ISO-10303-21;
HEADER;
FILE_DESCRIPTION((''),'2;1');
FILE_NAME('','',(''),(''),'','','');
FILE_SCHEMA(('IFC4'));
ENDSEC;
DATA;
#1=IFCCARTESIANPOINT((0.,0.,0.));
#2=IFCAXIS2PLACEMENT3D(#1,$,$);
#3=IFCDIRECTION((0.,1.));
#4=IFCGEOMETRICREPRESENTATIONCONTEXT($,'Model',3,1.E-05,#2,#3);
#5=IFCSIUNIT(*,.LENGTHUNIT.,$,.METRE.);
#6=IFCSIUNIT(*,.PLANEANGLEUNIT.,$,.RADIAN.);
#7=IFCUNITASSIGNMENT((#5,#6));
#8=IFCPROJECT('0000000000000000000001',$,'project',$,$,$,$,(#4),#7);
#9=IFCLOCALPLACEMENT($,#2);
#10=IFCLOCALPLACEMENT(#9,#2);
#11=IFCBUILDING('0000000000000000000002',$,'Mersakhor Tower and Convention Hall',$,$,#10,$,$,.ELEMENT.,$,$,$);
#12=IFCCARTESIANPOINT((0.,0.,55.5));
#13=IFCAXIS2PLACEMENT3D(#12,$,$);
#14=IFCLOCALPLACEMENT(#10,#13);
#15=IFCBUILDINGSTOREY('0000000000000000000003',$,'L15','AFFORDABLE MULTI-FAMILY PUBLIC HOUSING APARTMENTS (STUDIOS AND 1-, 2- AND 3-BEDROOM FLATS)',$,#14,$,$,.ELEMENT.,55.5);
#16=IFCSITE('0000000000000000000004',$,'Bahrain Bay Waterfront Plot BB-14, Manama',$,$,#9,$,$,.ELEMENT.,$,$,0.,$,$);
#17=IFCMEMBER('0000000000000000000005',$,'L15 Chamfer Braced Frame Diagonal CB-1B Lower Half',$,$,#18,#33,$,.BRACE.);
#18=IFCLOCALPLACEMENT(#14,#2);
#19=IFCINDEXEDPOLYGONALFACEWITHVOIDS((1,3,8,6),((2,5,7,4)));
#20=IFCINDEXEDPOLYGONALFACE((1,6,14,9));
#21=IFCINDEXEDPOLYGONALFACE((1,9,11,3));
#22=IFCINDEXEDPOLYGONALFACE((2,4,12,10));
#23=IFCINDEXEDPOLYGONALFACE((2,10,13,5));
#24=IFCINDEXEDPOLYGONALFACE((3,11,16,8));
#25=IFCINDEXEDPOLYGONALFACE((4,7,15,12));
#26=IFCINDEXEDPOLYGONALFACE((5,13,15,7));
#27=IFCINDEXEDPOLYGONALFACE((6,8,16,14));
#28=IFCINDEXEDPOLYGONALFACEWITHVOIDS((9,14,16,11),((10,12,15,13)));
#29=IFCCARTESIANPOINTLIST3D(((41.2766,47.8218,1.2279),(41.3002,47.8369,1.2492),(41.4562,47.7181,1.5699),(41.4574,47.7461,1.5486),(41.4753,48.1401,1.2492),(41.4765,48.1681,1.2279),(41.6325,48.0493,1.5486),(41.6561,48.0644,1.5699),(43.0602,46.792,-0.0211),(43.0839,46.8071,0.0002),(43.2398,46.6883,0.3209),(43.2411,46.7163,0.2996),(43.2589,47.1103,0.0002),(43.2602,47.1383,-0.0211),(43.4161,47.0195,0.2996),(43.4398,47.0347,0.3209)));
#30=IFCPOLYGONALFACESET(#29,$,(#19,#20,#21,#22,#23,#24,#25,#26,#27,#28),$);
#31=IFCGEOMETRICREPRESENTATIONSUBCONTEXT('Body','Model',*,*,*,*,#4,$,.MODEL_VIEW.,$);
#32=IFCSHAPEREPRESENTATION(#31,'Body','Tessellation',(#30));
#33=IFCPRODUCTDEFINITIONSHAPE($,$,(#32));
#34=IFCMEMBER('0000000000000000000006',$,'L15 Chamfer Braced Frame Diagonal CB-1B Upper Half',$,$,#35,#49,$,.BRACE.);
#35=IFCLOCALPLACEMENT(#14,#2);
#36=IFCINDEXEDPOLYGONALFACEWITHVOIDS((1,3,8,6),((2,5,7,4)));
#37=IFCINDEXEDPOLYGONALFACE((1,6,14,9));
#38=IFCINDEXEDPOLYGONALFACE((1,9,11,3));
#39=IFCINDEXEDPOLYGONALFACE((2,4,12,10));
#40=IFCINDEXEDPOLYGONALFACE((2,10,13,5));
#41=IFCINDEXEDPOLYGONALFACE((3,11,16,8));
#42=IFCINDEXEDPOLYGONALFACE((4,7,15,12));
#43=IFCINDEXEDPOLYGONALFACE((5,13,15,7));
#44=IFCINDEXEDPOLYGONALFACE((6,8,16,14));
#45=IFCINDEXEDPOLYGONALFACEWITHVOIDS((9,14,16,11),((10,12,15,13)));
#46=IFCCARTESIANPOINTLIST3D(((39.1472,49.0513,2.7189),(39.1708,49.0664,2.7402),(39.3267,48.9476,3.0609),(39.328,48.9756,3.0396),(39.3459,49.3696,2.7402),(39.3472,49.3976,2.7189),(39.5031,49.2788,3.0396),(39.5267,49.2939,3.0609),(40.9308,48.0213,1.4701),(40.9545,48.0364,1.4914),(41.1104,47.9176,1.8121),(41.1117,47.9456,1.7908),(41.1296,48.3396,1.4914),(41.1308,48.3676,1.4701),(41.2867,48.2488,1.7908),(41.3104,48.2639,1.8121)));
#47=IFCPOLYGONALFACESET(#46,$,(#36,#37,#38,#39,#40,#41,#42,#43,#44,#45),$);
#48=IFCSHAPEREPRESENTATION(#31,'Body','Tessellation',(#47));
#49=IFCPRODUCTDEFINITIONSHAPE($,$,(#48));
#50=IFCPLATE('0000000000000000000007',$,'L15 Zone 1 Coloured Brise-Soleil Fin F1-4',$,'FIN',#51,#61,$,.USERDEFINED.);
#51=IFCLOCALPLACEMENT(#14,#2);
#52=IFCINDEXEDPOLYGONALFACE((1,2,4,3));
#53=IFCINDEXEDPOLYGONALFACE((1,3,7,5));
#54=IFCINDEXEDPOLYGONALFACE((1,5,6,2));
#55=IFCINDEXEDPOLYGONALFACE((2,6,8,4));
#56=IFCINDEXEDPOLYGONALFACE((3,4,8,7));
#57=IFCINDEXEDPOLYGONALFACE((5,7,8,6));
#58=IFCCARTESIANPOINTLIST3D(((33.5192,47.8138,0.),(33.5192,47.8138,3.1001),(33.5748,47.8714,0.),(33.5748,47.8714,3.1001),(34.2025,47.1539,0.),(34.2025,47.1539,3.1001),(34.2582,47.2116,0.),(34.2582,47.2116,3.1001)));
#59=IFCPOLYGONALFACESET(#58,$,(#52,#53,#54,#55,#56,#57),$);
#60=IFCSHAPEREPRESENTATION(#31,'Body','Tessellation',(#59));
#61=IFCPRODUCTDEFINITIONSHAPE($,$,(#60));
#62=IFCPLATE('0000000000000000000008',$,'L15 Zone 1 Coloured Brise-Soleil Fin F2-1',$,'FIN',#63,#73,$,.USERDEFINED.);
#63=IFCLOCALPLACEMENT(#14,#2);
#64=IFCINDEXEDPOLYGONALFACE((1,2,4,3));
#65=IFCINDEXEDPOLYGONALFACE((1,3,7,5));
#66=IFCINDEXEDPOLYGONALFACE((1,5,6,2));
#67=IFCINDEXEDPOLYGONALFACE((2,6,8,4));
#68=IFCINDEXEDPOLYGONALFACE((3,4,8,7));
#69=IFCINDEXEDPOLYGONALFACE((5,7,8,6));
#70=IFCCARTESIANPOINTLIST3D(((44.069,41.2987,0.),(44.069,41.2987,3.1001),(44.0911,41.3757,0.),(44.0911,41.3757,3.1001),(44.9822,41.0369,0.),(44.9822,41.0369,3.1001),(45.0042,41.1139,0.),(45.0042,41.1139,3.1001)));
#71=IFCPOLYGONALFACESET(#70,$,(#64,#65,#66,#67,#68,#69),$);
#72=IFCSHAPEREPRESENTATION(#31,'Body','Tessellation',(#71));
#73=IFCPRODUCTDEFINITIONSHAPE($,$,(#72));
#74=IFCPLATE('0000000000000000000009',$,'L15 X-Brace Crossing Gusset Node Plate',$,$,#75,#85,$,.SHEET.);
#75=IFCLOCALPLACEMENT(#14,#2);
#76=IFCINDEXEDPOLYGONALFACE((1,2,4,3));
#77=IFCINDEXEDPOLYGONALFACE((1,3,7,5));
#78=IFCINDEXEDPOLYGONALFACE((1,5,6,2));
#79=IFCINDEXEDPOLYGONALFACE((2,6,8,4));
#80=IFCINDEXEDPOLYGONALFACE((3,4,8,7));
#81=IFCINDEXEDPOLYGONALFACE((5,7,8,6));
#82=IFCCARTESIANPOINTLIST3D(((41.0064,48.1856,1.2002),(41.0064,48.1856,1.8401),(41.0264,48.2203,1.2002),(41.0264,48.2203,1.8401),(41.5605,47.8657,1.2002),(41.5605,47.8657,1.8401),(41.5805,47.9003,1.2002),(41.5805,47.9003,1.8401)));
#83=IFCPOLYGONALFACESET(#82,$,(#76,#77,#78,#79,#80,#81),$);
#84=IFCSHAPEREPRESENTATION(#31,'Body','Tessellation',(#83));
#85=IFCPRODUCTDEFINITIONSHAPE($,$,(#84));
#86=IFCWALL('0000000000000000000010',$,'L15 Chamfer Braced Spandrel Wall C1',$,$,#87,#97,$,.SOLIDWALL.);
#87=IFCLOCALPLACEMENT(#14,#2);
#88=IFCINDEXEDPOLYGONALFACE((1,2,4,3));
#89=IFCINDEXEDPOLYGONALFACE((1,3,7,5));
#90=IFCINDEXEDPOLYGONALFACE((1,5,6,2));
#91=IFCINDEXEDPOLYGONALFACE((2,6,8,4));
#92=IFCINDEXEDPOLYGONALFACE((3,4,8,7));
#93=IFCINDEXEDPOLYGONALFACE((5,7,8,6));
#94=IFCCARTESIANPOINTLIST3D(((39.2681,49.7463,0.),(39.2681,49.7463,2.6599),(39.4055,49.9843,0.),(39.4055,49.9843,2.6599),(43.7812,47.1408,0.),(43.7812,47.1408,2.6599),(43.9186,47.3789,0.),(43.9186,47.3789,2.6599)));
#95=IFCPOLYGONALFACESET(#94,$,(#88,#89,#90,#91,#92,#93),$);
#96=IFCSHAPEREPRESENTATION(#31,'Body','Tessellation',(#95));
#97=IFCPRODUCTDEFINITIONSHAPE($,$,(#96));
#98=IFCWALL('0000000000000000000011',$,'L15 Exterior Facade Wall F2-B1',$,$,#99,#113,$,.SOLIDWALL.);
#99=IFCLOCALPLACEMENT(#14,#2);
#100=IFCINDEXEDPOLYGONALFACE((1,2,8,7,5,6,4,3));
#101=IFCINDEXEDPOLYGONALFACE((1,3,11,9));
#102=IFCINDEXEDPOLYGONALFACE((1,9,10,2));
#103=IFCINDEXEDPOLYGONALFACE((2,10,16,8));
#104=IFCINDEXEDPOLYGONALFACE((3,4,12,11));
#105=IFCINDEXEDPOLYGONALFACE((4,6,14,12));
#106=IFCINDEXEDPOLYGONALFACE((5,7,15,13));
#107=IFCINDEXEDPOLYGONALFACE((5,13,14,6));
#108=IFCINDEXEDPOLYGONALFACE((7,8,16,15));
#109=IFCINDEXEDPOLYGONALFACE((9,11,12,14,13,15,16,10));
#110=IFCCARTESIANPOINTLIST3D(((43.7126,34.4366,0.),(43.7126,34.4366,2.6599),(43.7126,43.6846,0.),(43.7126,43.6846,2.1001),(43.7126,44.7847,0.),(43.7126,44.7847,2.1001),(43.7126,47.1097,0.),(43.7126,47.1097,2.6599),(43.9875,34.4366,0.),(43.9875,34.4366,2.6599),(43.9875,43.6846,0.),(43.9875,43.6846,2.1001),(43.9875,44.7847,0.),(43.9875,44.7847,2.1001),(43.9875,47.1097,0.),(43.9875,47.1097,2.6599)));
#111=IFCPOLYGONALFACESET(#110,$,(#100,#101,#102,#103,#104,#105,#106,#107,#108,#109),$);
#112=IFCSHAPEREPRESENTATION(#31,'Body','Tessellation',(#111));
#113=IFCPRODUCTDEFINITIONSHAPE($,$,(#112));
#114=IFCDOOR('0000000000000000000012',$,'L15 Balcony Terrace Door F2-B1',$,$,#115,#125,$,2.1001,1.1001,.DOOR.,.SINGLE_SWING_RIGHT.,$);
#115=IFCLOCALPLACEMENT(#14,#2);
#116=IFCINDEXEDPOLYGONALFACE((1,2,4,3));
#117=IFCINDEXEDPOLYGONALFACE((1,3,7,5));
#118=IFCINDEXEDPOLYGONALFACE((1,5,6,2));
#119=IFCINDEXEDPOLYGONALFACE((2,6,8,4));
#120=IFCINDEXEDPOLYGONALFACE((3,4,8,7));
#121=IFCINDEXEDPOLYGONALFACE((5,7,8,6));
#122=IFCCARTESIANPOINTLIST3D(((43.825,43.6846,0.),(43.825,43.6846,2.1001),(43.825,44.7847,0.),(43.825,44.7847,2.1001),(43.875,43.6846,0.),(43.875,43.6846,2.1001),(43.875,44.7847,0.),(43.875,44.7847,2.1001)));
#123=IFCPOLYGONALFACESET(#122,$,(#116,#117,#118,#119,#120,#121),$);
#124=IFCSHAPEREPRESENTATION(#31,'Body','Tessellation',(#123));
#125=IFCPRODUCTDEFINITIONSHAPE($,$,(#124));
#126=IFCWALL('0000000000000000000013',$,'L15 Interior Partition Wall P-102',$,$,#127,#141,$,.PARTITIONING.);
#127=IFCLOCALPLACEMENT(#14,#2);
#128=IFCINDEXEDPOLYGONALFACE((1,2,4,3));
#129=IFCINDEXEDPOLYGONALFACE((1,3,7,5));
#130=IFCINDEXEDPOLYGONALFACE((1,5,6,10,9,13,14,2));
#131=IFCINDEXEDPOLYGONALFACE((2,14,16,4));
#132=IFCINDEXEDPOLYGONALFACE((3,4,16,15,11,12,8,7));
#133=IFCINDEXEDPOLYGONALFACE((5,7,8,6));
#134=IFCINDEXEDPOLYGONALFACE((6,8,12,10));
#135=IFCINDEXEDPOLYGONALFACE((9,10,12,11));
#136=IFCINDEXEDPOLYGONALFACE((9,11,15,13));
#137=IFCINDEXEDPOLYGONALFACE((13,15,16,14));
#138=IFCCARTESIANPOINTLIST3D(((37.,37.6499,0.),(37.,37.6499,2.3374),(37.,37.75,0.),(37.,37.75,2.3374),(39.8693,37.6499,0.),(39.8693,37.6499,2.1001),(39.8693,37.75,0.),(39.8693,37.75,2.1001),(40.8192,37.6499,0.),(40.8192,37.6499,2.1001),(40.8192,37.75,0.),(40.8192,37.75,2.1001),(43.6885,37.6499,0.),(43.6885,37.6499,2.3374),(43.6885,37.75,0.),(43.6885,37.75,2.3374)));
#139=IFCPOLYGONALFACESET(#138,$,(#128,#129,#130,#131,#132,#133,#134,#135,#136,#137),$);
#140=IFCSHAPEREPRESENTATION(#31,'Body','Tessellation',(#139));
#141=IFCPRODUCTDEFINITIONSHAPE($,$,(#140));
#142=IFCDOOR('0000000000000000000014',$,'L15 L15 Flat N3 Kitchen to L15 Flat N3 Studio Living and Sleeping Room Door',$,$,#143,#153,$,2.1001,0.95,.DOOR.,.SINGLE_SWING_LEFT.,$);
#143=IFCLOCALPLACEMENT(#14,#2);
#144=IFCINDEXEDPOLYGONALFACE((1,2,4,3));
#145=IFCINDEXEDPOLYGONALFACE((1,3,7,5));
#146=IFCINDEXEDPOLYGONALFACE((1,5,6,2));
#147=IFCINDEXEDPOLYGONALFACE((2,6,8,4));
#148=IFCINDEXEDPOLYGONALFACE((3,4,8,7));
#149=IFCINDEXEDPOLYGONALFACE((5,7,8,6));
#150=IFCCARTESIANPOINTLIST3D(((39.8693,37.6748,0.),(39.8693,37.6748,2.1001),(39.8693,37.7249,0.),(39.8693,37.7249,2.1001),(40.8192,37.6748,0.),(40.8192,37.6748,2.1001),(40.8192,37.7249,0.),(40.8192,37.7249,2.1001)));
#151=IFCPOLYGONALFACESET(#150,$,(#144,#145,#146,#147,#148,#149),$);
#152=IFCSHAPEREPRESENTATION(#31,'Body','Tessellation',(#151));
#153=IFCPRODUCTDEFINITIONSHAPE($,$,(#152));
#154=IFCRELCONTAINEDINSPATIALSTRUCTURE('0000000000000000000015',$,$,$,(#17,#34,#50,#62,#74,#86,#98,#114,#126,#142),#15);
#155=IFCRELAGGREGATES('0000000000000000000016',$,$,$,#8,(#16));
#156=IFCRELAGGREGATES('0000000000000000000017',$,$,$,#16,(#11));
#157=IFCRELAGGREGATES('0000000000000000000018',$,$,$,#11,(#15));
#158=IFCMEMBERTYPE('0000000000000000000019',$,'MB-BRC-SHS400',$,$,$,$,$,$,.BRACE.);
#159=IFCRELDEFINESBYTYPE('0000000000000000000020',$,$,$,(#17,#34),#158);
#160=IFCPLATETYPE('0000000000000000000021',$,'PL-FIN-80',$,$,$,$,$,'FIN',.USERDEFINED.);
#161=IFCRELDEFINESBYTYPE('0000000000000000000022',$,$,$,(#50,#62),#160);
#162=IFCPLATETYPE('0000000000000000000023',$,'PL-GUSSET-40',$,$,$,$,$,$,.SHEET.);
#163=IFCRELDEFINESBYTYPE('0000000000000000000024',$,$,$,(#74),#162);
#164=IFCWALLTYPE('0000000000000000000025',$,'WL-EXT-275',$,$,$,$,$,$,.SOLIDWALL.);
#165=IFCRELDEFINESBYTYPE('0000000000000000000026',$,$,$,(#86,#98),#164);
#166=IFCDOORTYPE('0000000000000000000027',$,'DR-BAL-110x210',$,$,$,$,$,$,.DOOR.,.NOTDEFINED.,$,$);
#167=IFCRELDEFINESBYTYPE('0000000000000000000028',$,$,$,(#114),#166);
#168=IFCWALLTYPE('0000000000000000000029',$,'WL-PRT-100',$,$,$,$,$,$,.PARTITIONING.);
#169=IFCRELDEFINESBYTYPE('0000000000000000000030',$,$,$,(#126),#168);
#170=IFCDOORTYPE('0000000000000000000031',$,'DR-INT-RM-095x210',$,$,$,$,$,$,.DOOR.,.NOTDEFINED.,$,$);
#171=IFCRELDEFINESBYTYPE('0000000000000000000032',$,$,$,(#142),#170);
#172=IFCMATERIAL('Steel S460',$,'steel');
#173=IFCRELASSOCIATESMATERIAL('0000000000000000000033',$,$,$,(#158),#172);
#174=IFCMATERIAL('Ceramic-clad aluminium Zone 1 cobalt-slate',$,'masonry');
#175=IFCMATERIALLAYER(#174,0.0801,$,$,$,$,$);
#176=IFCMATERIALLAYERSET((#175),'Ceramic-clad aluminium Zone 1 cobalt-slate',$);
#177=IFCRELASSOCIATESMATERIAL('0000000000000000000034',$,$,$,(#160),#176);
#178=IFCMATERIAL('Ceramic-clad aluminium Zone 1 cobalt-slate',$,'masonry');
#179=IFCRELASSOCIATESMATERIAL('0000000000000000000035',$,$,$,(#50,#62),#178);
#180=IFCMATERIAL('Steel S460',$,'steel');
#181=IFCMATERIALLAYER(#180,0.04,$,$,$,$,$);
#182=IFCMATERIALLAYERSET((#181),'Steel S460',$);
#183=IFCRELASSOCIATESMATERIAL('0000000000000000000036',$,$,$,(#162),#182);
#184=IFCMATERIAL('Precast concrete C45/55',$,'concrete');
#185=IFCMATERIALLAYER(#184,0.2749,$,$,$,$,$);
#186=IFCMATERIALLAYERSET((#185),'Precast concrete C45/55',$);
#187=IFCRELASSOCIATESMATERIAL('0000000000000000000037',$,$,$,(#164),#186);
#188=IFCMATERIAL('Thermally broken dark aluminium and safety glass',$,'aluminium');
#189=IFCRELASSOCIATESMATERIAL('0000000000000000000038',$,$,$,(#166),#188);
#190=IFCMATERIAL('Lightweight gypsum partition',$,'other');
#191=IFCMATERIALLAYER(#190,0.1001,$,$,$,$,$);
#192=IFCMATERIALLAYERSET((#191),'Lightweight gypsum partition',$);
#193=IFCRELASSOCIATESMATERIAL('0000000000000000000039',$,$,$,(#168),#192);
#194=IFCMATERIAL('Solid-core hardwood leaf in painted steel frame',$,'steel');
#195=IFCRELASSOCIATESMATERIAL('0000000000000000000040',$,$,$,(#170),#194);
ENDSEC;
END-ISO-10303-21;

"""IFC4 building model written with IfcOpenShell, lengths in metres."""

from ifc_helpers import new_model, si_unit, direction, frame, frame_2d, origin, origin_2d, place, context, subcontext, project, spatial, rectangle, hollow_rectangle, extrude, material, layer, layer_set, material_profile, profile_set, type_object, element, fill, save


model = new_model("IFC4")

# Units and contexts
model_context = context("Model", 3, precision=1e-05, world=origin(), true_north=direction((0.0, 1.0)))
body_context = subcontext(model_context, "Body", "Model", "MODEL_VIEW")
ifc_project = project(units=[si_unit("LENGTHUNIT", "METRE"), si_unit("PLANEANGLEUNIT", "RADIAN")], contexts=[model_context])

# Site, building, storey
site_placement = place(None, origin())
site = spatial("IfcSite", under=ifc_project, at=site_placement, Name="Bahrain Bay Waterfront Plot BB-14, Manama", CompositionType="ELEMENT", RefElevation=0.0)
building_placement = place(site_placement, origin())
building = spatial("IfcBuilding", under=site, at=building_placement, Name="Mersakhor Tower and Convention Hall", CompositionType="ELEMENT")
storey_placement = place(building_placement, frame((0.0, 0.0, 55.5)))
storey = spatial("IfcBuildingStorey", under=building, at=storey_placement, Name="L15", Description="AFFORDABLE MULTI-FAMILY PUBLIC HOUSING APARTMENTS (STUDIOS AND 1-, 2- AND 3-BEDROOM FLATS)", CompositionType="ELEMENT", Elevation=55.5)

# Members
ifc_material_1 = material(Name="Steel S460", Category="steel")
ifc_material_profile_1 = material_profile(ifc_material_1, hollow_rectangle(XDim=0.3999, YDim=0.3999, WallThickness=0.0249, at=origin_2d()), Name="SHS 400x400x25")
ifc_profile_set_1 = profile_set([ifc_material_profile_1], Name="Steel S460")
member_type = type_object("IfcMemberType", Name="MB-BRC-SHS400", PredefinedType="BRACE", material=ifc_profile_set_1)
for number, where, z_axis, x_axis, name in (
    (1, (43.25, 46.9133, 0.1499), (-0.740505, 0.427519, 0.518536), (-0.499989, -0.866032, 0.0), "L15 Chamfer Braced Frame Diagonal CB-1B Lower Half"),
    (2, (41.1206, 48.1426, 1.6411), (-0.740512, 0.427624, 0.51844), (-0.500078, -0.86598, 0.0), "L15 Chamfer Braced Frame Diagonal CB-1B Upper Half"),
):
    element("IfcMember", number, at=place(storey_placement, frame(where, z_axis=z_axis, x_axis=x_axis)), inside=storey, type_object=member_type, Name=name, PredefinedType="BRACE", context=body_context, shape_type="SweptSolid", body=[
        extrude(hollow_rectangle(XDim=0.3999, YDim=0.3999, WallThickness=0.0249, at=origin_2d()), origin(), (0.0, 0.0, 1.0), 2.4087),
    ])

# Plates
ifc_material_2 = material(Name="Ceramic-clad aluminium Zone 1 cobalt-slate", Category="masonry")
ifc_material_3 = material(Name="Ceramic-clad aluminium Zone 1 cobalt-slate", Category="masonry")
ifc_layer_1 = layer(ifc_material_3, 0.0801)
ifc_layer_set_1 = layer_set([ifc_layer_1], Name="Ceramic-clad aluminium Zone 1 cobalt-slate")
plate_type_1 = type_object("IfcPlateType", Name="PL-FIN-80", ElementType="FIN", PredefinedType="USERDEFINED", material=ifc_layer_set_1)
for number, where, z_axis, x_axis, name in (
    (3, (33.8887, 47.5127, 0.0), (0.0, 0.0, 1.0), (-0.71934, 0.694658, 0.0), "L15 Zone 1 Coloured Brise-Soleil Fin F1-4"),
    (4, (44.5366, 41.2063, 0.0), (0.0, 0.0, 1.0), (0.961262, -0.275637, 0.0), "L15 Zone 1 Coloured Brise-Soleil Fin F2-1"),
):
    element("IfcPlate", number, at=place(storey_placement, frame(where, z_axis=z_axis, x_axis=x_axis)), inside=storey, type_object=plate_type_1, material=ifc_material_2, Name=name, ObjectType="FIN", PredefinedType="USERDEFINED", context=body_context, shape_type="SweptSolid", body=[
        extrude(rectangle(XDim=0.95, YDim=0.0801, at=origin_2d()), origin(), (0.0, 0.0, 1.0), 3.1001),
    ])
ifc_material_4 = material(Name="Steel S460", Category="steel")
ifc_layer_2 = layer(ifc_material_4, 0.04)
ifc_layer_set_2 = layer_set([ifc_layer_2], Name="Steel S460")
plate_type_2 = type_object("IfcPlateType", Name="PL-GUSSET-40", PredefinedType="SHEET", material=ifc_layer_set_2)
plate_placement = place(storey_placement, frame((41.2935, 48.043, 1.2002), z_axis=(0.0, 0.0, 1.0), x_axis=(-0.866025, 0.5, 0.0)))
element("IfcPlate", 5, at=plate_placement, inside=storey, type_object=plate_type_2, Name="L15 X-Brace Crossing Gusset Node Plate", PredefinedType="SHEET", context=body_context, shape_type="SweptSolid", body=[
    extrude(rectangle(XDim=0.6399, YDim=0.04, at=origin_2d()), origin(), (0.0, 0.0, 1.0), 0.6399),
])

# Wall
ifc_material_5 = material(Name="Precast concrete C45/55", Category="concrete")
ifc_layer_3 = layer(ifc_material_5, 0.2749)
ifc_layer_set_3 = layer_set([ifc_layer_3], Name="Precast concrete C45/55")
wall_type_1 = type_object("IfcWallType", Name="WL-EXT-275", PredefinedType="SOLIDWALL", material=ifc_layer_set_3)
wall_1_placement = place(storey_placement, frame((39.3369, 49.8652, 0.0), z_axis=(0.0, 0.0, 1.0), x_axis=(0.866044, -0.499968, 0.0)))
element("IfcWall", 6, at=wall_1_placement, inside=storey, type_object=wall_type_1, Name="L15 Chamfer Braced Spandrel Wall C1", PredefinedType="SOLIDWALL", context=body_context, shape_type="SweptSolid", body=[
    extrude(rectangle(XDim=5.2112, YDim=0.2749, at=frame_2d((2.6055, 0.0))), origin(), (0.0, 0.0, 1.0), 2.6599),
])

# Walls, openings, doors
wall_2_placement = place(storey_placement, frame((43.8501, 47.1096, 0.0), z_axis=(0.0, 0.0, 1.0), x_axis=(0.0, -1.0, 0.0)))
wall_2 = element("IfcWall", 7, at=wall_2_placement, inside=storey, type_object=wall_type_1, Name="L15 Exterior Facade Wall F2-B1", PredefinedType="SOLIDWALL", context=body_context, shape_type="SweptSolid", body=[
    extrude(rectangle(XDim=12.6731, YDim=0.2749, at=frame_2d((6.3364, 0.0))), origin(), (0.0, 0.0, 1.0), 2.6599),
])
opening_1_placement = place(wall_2_placement, frame((2.325, 0.0, 0.0)))
opening_1 = element("IfcOpeningElement", 8, at=opening_1_placement, cuts=wall_2, PredefinedType="OPENING", context=body_context, shape_type="SweptSolid", body=[
    extrude(rectangle(XDim=1.1001, YDim=2.1001, at=frame_2d((0.55, 1.05))), frame((0.0, 0.1475, 0.0), z_axis=(0.0, -1.0, 0.0), x_axis=(1.0, 0.0, 0.0)), (0.0, 0.0, 1.0), 0.2949),
])
ifc_material_6 = material(Name="Thermally broken dark aluminium and safety glass", Category="aluminium")
door_type_1 = type_object("IfcDoorType", Name="DR-BAL-110x210", OperationType="NOTDEFINED", PredefinedType="DOOR", material=ifc_material_6)
door_1_placement = place(opening_1_placement, origin())
door_1 = element("IfcDoor", 9, at=door_1_placement, inside=storey, type_object=door_type_1, Name="L15 Balcony Terrace Door F2-B1", OperationType="SINGLE_SWING_RIGHT", OverallHeight=2.1001, OverallWidth=1.1001, PredefinedType="DOOR", context=body_context, shape_type="SweptSolid", body=[
    extrude(rectangle(XDim=1.1001, YDim=2.1001, at=frame_2d((0.55, 1.05))), frame((0.0, 0.0249, 0.0), z_axis=(0.0, -1.0, 0.0), x_axis=(1.0, 0.0, 0.0)), (0.0, 0.0, 1.0), 0.05),
])
fill(opening_1, door_1)
ifc_material_7 = material(Name="Lightweight gypsum partition", Category="other")
ifc_layer_4 = layer(ifc_material_7, 0.1001)
ifc_layer_set_4 = layer_set([ifc_layer_4], Name="Lightweight gypsum partition")
wall_type_2 = type_object("IfcWallType", Name="WL-PRT-100", PredefinedType="PARTITIONING", material=ifc_layer_set_4)
wall_3_placement = place(storey_placement, frame((37.0, 37.7, 0.0), z_axis=(0.0, 0.0, 1.0), x_axis=(1.0, 0.0, 0.0)))
wall_3 = element("IfcWall", 10, at=wall_3_placement, inside=storey, type_object=wall_type_2, Name="L15 Interior Partition Wall P-102", PredefinedType="PARTITIONING", context=body_context, shape_type="SweptSolid", body=[
    extrude(rectangle(XDim=6.6885, YDim=0.1001, at=frame_2d((3.3442, 0.0))), origin(), (0.0, 0.0, 1.0), 2.3374),
])
opening_2_placement = place(wall_3_placement, frame((2.8691, 0.0, 0.0)))
opening_2 = element("IfcOpeningElement", 11, at=opening_2_placement, cuts=wall_3, PredefinedType="OPENING", context=body_context, shape_type="SweptSolid", body=[
    extrude(rectangle(XDim=0.95, YDim=2.1001, at=frame_2d((0.4751, 1.05))), frame((0.0, 0.0601, 0.0), z_axis=(0.0, -1.0, 0.0), x_axis=(1.0, 0.0, 0.0)), (0.0, 0.0, 1.0), 0.1201),
])
ifc_material_8 = material(Name="Solid-core hardwood leaf in painted steel frame", Category="steel")
door_type_2 = type_object("IfcDoorType", Name="DR-INT-RM-095x210", OperationType="NOTDEFINED", PredefinedType="DOOR", material=ifc_material_8)
door_2_placement = place(opening_2_placement, origin())
door_2 = element("IfcDoor", 12, at=door_2_placement, inside=storey, type_object=door_type_2, Name="L15 L15 Flat N3 Kitchen to L15 Flat N3 Studio Living and Sleeping Room Door", OperationType="SINGLE_SWING_LEFT", OverallHeight=2.1001, OverallWidth=0.95, PredefinedType="DOOR", context=body_context, shape_type="SweptSolid", body=[
    extrude(rectangle(XDim=0.95, YDim=2.1001, at=frame_2d((0.4751, 1.05))), frame((0.0, 0.0249, 0.0), z_axis=(0.0, -1.0, 0.0), x_axis=(1.0, 0.0, 0.0)), (0.0, 0.0, 1.0), 0.05),
])
fill(opening_2, door_2)

save(model, "model.ifc")
